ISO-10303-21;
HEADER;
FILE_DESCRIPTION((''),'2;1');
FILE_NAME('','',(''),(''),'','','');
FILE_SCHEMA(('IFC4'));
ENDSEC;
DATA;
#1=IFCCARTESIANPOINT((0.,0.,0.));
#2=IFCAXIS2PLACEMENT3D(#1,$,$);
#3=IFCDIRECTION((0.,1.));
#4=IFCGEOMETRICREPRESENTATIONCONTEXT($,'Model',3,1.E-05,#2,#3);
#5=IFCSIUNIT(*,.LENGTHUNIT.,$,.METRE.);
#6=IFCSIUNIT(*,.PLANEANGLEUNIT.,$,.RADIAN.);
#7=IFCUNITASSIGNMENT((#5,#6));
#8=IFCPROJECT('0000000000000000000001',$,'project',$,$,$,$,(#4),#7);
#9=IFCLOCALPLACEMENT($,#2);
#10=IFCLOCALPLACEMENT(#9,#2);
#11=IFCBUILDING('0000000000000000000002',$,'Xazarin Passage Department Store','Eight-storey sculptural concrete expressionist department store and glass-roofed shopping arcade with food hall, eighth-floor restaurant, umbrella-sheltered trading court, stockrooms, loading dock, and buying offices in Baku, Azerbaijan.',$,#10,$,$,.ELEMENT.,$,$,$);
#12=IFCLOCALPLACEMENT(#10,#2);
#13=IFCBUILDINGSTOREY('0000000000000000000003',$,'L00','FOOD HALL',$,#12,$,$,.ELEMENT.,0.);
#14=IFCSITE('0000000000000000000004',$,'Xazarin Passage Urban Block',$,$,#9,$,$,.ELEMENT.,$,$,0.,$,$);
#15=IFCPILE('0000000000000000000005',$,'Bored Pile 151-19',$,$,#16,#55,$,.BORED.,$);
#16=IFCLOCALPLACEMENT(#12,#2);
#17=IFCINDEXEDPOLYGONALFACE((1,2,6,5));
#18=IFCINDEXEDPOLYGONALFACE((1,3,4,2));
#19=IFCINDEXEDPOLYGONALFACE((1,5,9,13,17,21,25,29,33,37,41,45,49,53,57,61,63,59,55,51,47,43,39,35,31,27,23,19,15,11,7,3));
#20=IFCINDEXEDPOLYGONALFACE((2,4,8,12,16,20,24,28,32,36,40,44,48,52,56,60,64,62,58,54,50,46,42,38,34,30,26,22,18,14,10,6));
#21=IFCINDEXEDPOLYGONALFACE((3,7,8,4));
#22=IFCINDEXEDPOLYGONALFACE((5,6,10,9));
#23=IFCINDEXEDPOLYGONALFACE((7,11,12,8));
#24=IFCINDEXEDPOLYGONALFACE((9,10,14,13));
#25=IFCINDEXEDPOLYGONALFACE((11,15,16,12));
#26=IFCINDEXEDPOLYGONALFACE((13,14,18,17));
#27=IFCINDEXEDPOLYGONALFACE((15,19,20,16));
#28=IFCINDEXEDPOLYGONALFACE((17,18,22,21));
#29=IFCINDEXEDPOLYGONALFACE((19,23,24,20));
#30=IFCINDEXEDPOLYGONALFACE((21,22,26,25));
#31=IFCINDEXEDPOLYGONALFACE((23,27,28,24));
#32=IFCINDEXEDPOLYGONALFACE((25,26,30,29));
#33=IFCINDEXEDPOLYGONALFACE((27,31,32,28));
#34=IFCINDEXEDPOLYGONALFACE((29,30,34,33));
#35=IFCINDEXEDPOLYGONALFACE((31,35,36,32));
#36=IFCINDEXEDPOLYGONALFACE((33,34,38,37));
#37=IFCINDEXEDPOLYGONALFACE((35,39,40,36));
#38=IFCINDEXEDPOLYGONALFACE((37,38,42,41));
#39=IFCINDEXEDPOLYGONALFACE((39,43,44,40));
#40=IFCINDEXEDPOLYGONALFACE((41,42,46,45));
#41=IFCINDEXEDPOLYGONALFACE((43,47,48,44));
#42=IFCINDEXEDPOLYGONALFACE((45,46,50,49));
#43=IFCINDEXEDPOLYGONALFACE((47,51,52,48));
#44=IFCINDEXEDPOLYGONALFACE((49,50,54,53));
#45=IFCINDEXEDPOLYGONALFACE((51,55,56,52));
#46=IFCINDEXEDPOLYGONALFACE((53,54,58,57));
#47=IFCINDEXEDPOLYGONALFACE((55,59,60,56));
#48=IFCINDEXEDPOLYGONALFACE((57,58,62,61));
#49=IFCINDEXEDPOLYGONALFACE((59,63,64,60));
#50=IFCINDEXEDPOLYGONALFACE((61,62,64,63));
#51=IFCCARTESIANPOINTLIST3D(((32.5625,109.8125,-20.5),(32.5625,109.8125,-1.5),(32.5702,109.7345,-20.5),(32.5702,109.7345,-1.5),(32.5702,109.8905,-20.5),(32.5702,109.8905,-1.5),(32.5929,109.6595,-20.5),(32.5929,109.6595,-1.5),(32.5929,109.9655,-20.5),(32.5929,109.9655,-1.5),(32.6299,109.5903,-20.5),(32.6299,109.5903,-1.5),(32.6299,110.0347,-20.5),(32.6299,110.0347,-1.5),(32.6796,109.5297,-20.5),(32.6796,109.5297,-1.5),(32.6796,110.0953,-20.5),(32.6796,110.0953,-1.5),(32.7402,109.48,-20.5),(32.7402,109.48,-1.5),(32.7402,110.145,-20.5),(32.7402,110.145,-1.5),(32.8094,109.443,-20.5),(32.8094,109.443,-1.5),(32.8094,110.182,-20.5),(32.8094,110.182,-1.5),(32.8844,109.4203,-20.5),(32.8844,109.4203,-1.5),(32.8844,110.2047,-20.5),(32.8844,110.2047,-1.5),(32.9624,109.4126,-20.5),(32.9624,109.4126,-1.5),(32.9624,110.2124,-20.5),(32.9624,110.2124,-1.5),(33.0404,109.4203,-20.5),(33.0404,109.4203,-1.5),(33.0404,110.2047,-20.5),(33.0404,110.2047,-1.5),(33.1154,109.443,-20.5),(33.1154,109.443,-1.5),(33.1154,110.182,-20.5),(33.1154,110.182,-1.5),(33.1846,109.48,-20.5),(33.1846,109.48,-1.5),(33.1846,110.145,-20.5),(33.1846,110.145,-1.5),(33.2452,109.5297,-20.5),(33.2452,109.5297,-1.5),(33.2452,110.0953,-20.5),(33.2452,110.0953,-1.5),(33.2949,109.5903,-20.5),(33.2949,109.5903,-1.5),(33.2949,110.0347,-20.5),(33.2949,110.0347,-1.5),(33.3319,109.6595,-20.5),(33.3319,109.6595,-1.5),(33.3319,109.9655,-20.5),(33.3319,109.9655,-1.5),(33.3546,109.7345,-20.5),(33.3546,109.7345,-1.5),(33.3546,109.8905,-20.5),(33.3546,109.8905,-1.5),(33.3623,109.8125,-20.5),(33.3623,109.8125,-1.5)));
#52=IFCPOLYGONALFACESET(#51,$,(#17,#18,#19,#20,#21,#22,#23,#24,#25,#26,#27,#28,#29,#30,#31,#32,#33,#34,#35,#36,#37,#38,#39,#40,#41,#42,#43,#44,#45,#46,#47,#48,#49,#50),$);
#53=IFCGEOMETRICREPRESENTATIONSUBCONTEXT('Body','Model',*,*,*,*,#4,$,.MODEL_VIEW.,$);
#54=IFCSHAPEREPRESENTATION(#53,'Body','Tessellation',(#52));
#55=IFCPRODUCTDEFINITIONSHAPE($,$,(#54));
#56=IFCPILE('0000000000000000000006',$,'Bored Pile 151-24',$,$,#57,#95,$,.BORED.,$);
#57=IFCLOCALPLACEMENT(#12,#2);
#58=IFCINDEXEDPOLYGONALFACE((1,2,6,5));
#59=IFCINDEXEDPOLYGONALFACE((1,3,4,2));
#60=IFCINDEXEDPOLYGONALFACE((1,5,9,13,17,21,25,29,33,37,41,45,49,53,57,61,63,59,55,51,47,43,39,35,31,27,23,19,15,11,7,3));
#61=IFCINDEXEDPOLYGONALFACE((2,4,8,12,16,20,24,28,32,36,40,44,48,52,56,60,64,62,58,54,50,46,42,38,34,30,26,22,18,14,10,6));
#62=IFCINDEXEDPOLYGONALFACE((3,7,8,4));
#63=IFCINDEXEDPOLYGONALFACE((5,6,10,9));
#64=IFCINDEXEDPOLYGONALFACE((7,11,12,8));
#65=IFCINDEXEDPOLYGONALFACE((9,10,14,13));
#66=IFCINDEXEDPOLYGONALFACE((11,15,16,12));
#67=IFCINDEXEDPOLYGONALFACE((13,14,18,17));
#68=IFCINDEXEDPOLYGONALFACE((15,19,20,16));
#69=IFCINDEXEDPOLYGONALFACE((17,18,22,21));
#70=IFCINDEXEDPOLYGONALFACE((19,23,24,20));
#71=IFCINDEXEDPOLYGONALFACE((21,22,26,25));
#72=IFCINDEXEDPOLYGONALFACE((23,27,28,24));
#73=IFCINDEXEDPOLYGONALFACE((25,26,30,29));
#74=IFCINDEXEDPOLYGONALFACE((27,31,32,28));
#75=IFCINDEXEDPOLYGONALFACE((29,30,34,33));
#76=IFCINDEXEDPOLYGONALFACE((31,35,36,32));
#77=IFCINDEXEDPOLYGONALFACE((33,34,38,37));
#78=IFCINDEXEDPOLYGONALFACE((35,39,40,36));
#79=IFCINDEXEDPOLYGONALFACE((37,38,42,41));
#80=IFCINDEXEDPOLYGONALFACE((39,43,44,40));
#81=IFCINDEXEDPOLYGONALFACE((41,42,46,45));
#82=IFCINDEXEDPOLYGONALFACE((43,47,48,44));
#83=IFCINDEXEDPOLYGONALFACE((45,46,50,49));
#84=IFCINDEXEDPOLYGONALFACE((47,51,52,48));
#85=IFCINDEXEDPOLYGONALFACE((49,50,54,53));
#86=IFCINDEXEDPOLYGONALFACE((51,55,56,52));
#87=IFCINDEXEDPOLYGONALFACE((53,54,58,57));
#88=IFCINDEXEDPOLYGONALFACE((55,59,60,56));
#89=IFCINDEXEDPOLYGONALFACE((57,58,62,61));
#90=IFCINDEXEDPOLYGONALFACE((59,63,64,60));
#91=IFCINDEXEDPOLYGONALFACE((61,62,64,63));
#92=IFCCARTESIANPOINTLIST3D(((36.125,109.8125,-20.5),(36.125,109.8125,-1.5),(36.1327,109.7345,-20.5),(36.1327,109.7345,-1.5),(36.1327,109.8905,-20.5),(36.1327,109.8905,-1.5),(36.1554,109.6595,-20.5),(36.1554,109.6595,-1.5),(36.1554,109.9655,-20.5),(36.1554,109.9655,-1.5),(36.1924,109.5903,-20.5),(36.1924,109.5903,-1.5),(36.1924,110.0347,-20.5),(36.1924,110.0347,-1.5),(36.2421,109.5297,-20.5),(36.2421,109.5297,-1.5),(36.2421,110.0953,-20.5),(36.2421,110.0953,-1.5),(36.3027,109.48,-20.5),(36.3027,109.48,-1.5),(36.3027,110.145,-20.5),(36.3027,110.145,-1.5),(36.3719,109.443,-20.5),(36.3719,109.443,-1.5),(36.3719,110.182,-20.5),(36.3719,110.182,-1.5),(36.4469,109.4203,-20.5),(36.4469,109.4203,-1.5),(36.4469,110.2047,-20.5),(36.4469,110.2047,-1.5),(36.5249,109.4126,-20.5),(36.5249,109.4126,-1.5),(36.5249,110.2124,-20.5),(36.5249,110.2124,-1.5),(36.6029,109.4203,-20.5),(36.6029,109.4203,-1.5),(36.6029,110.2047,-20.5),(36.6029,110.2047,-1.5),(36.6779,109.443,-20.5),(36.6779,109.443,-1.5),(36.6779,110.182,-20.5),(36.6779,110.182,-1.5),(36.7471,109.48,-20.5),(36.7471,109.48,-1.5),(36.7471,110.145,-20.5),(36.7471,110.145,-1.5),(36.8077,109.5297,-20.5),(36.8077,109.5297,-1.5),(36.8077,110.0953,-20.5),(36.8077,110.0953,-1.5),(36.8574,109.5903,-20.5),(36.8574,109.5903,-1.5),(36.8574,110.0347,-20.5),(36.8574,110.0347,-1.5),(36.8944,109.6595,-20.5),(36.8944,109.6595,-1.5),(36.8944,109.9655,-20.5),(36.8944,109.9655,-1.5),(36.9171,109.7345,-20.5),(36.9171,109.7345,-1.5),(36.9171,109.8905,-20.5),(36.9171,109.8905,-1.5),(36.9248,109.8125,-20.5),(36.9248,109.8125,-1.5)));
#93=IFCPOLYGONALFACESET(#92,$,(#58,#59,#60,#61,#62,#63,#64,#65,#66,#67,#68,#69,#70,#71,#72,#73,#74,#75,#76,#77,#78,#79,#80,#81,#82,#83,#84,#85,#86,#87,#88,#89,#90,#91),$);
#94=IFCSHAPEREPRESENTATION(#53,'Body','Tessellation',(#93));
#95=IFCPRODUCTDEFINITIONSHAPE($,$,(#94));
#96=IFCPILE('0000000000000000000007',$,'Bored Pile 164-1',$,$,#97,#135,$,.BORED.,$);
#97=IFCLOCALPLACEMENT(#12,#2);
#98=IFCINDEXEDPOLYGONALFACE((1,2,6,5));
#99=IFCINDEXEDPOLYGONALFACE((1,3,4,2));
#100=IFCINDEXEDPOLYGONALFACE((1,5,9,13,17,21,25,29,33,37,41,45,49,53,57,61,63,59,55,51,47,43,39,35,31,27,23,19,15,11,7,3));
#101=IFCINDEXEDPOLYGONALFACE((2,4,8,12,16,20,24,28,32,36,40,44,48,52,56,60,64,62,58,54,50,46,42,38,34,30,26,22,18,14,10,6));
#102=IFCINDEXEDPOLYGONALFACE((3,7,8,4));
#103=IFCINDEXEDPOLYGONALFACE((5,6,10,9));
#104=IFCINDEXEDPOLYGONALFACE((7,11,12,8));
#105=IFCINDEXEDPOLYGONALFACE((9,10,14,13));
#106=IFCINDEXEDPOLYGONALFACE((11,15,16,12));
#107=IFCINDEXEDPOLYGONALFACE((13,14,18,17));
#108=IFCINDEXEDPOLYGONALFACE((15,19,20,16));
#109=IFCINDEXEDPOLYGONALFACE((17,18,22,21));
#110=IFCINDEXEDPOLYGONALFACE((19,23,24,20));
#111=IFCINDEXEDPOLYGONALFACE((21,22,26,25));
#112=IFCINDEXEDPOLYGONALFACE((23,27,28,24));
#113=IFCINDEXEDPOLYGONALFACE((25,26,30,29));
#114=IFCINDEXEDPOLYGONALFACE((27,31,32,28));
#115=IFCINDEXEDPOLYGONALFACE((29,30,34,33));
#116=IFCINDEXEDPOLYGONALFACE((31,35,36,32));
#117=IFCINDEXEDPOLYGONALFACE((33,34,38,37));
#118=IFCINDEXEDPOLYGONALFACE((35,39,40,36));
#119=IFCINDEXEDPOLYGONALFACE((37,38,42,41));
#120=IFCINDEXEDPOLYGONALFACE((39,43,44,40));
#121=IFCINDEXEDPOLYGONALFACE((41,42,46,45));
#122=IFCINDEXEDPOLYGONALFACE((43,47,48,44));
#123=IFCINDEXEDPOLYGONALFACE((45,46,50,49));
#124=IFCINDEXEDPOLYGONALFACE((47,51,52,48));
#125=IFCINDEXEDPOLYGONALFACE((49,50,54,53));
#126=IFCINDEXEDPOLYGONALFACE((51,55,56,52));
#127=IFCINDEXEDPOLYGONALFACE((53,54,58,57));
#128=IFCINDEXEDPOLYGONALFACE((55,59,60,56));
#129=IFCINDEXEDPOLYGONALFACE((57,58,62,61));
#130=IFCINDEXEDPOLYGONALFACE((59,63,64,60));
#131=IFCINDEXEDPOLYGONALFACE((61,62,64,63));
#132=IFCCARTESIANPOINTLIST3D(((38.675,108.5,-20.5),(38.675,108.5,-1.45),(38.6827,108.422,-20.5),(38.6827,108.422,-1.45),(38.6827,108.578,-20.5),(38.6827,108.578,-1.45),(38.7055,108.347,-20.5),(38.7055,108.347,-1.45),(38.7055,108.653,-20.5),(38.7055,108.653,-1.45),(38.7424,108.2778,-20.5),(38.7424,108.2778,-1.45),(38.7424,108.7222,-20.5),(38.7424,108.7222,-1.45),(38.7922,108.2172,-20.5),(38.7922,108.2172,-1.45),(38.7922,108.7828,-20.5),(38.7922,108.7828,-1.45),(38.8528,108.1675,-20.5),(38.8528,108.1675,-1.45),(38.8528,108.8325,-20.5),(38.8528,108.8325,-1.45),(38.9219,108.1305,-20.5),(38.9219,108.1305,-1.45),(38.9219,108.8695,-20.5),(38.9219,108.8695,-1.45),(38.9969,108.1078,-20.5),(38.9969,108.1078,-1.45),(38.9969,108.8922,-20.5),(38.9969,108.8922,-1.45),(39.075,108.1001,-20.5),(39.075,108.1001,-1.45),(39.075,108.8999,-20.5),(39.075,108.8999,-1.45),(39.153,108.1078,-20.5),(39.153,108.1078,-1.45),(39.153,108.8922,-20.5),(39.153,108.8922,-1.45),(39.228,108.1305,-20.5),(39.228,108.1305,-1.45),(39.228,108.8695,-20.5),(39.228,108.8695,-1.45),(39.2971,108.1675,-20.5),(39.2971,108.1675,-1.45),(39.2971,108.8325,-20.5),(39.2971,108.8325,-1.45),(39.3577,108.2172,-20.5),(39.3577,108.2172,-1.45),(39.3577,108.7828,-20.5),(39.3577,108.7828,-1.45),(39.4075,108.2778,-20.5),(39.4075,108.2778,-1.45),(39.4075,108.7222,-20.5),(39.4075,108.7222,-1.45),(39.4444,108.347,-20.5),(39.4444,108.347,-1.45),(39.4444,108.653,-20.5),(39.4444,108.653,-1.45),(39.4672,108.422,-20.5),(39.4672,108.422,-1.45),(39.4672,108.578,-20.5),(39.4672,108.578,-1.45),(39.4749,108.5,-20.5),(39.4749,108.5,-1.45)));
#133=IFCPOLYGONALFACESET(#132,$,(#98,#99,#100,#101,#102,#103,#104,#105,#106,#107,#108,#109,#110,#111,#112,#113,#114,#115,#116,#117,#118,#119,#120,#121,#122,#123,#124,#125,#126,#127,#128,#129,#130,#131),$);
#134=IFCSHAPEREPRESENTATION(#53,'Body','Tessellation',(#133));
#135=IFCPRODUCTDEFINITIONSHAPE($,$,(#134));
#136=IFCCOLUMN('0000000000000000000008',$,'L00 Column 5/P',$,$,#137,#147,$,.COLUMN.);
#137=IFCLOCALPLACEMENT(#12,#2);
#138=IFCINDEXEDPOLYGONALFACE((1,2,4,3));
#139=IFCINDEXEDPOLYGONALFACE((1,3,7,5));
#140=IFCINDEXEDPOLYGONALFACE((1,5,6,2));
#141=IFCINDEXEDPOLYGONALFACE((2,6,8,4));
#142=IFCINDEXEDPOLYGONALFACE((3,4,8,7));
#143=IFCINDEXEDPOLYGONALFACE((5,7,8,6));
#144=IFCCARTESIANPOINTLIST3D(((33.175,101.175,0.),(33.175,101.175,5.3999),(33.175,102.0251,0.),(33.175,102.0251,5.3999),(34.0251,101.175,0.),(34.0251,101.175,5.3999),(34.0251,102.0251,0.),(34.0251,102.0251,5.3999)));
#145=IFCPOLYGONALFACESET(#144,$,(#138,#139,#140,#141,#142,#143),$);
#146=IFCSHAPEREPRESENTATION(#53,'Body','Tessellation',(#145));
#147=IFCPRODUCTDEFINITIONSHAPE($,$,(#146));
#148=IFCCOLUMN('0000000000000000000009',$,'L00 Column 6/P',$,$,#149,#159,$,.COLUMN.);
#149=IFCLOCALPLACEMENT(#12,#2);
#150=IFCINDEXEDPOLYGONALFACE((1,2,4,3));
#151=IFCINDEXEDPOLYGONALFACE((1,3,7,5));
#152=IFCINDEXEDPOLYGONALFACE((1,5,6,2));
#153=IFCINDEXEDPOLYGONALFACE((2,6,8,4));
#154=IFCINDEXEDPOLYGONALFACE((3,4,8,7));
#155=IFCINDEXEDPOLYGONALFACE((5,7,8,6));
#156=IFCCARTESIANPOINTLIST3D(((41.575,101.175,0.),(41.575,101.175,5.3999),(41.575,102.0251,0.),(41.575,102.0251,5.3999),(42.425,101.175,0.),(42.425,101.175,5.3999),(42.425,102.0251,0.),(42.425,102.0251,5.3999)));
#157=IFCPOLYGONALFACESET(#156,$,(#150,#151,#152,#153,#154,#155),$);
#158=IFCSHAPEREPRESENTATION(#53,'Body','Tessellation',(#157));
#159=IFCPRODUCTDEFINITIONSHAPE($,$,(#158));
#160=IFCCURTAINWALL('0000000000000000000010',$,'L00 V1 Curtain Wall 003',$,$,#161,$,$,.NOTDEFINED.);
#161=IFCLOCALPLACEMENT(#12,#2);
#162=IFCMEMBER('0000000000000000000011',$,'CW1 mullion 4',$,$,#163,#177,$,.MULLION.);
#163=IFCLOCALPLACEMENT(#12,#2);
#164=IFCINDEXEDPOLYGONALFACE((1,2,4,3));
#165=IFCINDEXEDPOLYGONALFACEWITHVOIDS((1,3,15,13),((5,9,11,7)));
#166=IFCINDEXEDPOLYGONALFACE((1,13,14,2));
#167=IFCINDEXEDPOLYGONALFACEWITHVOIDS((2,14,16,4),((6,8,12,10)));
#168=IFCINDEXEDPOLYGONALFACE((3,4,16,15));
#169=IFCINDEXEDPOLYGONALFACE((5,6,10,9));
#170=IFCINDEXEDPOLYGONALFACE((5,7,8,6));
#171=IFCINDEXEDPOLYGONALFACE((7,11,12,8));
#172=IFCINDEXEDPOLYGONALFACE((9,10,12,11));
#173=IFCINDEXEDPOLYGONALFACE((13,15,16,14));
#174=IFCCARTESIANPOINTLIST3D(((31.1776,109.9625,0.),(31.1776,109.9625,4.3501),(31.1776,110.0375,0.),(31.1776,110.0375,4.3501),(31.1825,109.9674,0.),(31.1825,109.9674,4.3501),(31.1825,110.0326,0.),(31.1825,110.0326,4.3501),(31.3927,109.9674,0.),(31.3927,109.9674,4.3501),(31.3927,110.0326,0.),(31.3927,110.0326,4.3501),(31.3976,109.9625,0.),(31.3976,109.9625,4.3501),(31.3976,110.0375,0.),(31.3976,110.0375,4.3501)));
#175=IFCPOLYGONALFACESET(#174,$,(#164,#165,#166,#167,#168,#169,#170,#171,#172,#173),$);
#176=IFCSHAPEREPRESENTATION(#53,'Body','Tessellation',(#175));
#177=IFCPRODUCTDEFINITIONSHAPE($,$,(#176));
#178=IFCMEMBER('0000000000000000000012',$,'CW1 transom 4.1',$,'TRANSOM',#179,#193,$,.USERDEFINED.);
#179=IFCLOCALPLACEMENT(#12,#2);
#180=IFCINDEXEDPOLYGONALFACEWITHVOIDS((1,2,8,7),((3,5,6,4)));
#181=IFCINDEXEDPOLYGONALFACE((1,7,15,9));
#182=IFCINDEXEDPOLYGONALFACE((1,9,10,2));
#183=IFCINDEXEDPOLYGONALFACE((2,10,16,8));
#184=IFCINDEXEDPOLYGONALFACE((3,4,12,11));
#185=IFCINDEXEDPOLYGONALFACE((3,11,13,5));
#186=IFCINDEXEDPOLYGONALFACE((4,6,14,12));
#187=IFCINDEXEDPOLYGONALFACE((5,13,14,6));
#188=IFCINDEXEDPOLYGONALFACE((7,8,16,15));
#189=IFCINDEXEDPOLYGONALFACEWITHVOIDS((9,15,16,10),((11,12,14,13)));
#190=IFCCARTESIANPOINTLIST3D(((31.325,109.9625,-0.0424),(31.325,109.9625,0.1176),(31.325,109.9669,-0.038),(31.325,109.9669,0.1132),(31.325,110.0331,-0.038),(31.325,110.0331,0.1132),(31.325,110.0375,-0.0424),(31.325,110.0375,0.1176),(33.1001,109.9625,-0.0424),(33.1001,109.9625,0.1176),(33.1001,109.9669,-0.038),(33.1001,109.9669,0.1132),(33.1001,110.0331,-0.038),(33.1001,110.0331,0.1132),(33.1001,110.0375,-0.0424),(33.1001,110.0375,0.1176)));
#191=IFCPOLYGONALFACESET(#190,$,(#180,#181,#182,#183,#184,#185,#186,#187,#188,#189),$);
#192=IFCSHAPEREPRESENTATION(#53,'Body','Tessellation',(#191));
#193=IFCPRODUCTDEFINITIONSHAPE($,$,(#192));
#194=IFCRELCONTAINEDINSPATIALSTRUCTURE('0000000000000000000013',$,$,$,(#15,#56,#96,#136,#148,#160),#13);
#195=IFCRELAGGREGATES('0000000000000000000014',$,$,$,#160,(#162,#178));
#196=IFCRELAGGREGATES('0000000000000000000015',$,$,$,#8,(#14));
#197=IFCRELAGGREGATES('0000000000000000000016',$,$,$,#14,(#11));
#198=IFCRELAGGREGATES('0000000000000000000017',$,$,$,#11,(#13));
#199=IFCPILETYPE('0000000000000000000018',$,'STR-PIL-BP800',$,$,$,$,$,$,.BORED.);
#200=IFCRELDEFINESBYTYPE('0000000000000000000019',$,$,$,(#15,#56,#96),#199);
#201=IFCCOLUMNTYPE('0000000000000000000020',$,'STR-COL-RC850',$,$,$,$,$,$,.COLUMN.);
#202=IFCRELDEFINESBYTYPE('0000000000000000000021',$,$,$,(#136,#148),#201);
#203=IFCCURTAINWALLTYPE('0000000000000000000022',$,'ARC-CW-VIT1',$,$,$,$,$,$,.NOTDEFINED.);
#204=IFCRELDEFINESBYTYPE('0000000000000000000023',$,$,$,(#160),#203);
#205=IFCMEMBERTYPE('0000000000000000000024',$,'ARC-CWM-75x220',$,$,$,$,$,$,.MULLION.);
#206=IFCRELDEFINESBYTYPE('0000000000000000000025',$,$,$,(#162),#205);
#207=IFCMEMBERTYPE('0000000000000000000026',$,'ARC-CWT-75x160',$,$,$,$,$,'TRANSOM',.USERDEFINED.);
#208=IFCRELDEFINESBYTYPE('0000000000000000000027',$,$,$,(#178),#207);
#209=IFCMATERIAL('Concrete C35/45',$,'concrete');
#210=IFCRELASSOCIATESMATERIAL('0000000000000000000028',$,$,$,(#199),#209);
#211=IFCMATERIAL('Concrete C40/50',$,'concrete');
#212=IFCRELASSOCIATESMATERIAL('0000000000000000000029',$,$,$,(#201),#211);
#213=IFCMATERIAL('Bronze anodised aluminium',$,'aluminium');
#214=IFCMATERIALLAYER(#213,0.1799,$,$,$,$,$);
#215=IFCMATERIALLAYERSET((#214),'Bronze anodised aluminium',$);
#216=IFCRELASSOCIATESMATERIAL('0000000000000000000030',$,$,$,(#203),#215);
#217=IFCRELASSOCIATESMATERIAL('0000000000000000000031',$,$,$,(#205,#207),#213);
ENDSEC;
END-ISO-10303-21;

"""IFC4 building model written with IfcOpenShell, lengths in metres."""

from ifc_helpers import new_model, si_unit, direction, frame, origin, origin_2d, place, context, subcontext, project, spatial, rectangle, hollow_rectangle, circle, extrude, material, layer, layer_set, material_profile, profile_set, type_object, element, aggregate, save


model = new_model("IFC4")

# Units and contexts
model_context = context("Model", 3, precision=1e-05, world=origin(), true_north=direction((0.0, 1.0)))
body_context = subcontext(model_context, "Body", "Model", "MODEL_VIEW")
ifc_project = project(units=[si_unit("LENGTHUNIT", "METRE"), si_unit("PLANEANGLEUNIT", "RADIAN")], contexts=[model_context])

# Site, building, storey
site_placement = place(None, origin())
site = spatial("IfcSite", under=ifc_project, at=site_placement, Name="Xazarin Passage Urban Block", CompositionType="ELEMENT", RefElevation=0.0)
building_placement = place(site_placement, origin())
building = spatial("IfcBuilding", under=site, at=building_placement, Name="Xazarin Passage Department Store", Description="Eight-storey sculptural concrete expressionist department store and glass-roofed shopping arcade with food hall, eighth-floor restaurant, umbrella-sheltered trading court, stockrooms, loading dock, and buying offices in Baku, Azerbaijan.", CompositionType="ELEMENT")
storey_placement = place(building_placement, origin())
storey = spatial("IfcBuildingStorey", under=building, at=storey_placement, Name="L00", Description="FOOD HALL", CompositionType="ELEMENT", Elevation=0.0)

# Shared definitions
ifc_material_1 = material(Name="Concrete C35/45", Category="concrete")

# Piles
ifc_material_profile_1 = material_profile(ifc_material_1, circle(Radius=0.3999, at=origin_2d()), Name="BP 800")
ifc_profile_set_1 = profile_set([ifc_material_profile_1], Name="Concrete C35/45")
pile_type_1 = type_object("IfcPileType", Name="STR-PIL-BP800", PredefinedType="BORED", material=ifc_profile_set_1)
for number, where, z_axis, x_axis, name in (
    (1, (32.9624, 109.8125, -1.5), (0.0, 0.0, -1.0), (1.0, 0.0, 0.0), "Bored Pile 151-19"),
    (2, (36.5249, 109.8125, -1.5), (0.0, 0.0, -1.0), (1.0, 0.0, 0.0), "Bored Pile 151-24"),
):
    element("IfcPile", number, at=place(storey_placement, frame(where, z_axis=z_axis, x_axis=x_axis)), inside=storey, type_object=pile_type_1, Name=name, PredefinedType="BORED", context=body_context, shape_type="SweptSolid", body=[
        extrude(circle(Radius=0.3999, at=origin_2d()), origin(), (0.0, 0.0, 1.0), 19.0),
    ])
pile_1_placement = place(storey_placement, frame((39.075, 108.5, -1.45), z_axis=(0.0, 0.0, -1.0), x_axis=(1.0, 0.0, 0.0)))
element("IfcPile", 3, at=pile_1_placement, inside=storey, type_object=pile_type_1, Name="Bored Pile 164-1", PredefinedType="BORED", context=body_context, shape_type="SweptSolid", body=[
    extrude(circle(Radius=0.3999, at=origin_2d()), origin(), (0.0, 0.0, 1.0), 19.05),
])

# Columns
ifc_material_2 = material(Name="Concrete C40/50", Category="concrete")
ifc_material_profile_2 = material_profile(ifc_material_2, rectangle(XDim=0.8501, YDim=0.8501, at=origin_2d()), Name="RC 850x850")
ifc_profile_set_2 = profile_set([ifc_material_profile_2], Name="Concrete C40/50")
column_type = type_object("IfcColumnType", Name="STR-COL-RC850", PredefinedType="COLUMN", material=ifc_profile_set_2)
for number, where, z_axis, x_axis, name in (
    (4, (33.6001, 101.6001, 0.0), (0.0, 0.0, 1.0), (1.0, 0.0, 0.0), "L00 Column 5/P"),
    (5, (42.0, 101.6001, 0.0), (0.0, 0.0, 1.0), (1.0, 0.0, 0.0), "L00 Column 6/P"),
):
    element("IfcColumn", number, at=place(storey_placement, frame(where, z_axis=z_axis, x_axis=x_axis)), inside=storey, type_object=column_type, Name=name, PredefinedType="COLUMN", context=body_context, shape_type="SweptSolid", body=[
        extrude(rectangle(XDim=0.8501, YDim=0.8501, at=origin_2d()), origin(), (0.0, 0.0, 1.0), 5.3999),
    ])

# Curtain wall, members
ifc_material_3 = material(Name="Bronze anodised aluminium", Category="aluminium")
ifc_layer_1 = layer(ifc_material_3, 0.1799)
ifc_layer_set_1 = layer_set([ifc_layer_1], Name="Bronze anodised aluminium")
curtain_wall_type = type_object("IfcCurtainWallType", Name="ARC-CW-VIT1", PredefinedType="NOTDEFINED", material=ifc_layer_set_1)
curtain_wall_placement = place(storey_placement, origin())
curtain_wall = element("IfcCurtainWall", 6, at=curtain_wall_placement, inside=storey, type_object=curtain_wall_type, Name="L00 V1 Curtain Wall 003", PredefinedType="NOTDEFINED")
ifc_material_profile_3 = material_profile(ifc_material_3, hollow_rectangle(XDim=0.075, YDim=0.22, WallThickness=0.0049, at=origin_2d()), Name="ALU 75x220")
ifc_profile_set_3 = profile_set([ifc_material_profile_3], Name="Bronze anodised aluminium")
member_type_1 = type_object("IfcMemberType", Name="ARC-CWM-75x220", PredefinedType="MULLION", material=ifc_profile_set_3)
member_1_placement = place(storey_placement, frame((31.2876, 110.0, 0.0), z_axis=(0.0, 0.0, 1.0), x_axis=(0.0, 1.0, 0.0)))
member_1 = element("IfcMember", 7, at=member_1_placement, type_object=member_type_1, Name="CW1 mullion 4", PredefinedType="MULLION", context=body_context, shape_type="SweptSolid", body=[
    extrude(hollow_rectangle(XDim=0.075, YDim=0.22, WallThickness=0.0049, at=origin_2d()), origin(), (0.0, 0.0, 1.0), 4.3501),
])
ifc_material_profile_4 = material_profile(ifc_material_3, hollow_rectangle(XDim=0.075, YDim=0.1599, WallThickness=0.0044, at=origin_2d()), Name="ALU 75x160")
ifc_profile_set_4 = profile_set([ifc_material_profile_4], Name="Bronze anodised aluminium")
member_type_2 = type_object("IfcMemberType", Name="ARC-CWT-75x160", ElementType="TRANSOM", PredefinedType="USERDEFINED", material=ifc_profile_set_4)
member_2_placement = place(storey_placement, frame((31.325, 110.0, 0.0376), z_axis=(1.0, 0.0, 0.0), x_axis=(0.0, 1.0, 0.0)))
member_2 = element("IfcMember", 8, at=member_2_placement, type_object=member_type_2, Name="CW1 transom 4.1", ObjectType="TRANSOM", PredefinedType="USERDEFINED", context=body_context, shape_type="SweptSolid", body=[
    extrude(hollow_rectangle(XDim=0.075, YDim=0.1599, WallThickness=0.0044, at=origin_2d()), origin(), (0.0, 0.0, 1.0), 1.7751),
])
aggregate(curtain_wall, [member_1, member_2])

save(model, "model.ifc")
